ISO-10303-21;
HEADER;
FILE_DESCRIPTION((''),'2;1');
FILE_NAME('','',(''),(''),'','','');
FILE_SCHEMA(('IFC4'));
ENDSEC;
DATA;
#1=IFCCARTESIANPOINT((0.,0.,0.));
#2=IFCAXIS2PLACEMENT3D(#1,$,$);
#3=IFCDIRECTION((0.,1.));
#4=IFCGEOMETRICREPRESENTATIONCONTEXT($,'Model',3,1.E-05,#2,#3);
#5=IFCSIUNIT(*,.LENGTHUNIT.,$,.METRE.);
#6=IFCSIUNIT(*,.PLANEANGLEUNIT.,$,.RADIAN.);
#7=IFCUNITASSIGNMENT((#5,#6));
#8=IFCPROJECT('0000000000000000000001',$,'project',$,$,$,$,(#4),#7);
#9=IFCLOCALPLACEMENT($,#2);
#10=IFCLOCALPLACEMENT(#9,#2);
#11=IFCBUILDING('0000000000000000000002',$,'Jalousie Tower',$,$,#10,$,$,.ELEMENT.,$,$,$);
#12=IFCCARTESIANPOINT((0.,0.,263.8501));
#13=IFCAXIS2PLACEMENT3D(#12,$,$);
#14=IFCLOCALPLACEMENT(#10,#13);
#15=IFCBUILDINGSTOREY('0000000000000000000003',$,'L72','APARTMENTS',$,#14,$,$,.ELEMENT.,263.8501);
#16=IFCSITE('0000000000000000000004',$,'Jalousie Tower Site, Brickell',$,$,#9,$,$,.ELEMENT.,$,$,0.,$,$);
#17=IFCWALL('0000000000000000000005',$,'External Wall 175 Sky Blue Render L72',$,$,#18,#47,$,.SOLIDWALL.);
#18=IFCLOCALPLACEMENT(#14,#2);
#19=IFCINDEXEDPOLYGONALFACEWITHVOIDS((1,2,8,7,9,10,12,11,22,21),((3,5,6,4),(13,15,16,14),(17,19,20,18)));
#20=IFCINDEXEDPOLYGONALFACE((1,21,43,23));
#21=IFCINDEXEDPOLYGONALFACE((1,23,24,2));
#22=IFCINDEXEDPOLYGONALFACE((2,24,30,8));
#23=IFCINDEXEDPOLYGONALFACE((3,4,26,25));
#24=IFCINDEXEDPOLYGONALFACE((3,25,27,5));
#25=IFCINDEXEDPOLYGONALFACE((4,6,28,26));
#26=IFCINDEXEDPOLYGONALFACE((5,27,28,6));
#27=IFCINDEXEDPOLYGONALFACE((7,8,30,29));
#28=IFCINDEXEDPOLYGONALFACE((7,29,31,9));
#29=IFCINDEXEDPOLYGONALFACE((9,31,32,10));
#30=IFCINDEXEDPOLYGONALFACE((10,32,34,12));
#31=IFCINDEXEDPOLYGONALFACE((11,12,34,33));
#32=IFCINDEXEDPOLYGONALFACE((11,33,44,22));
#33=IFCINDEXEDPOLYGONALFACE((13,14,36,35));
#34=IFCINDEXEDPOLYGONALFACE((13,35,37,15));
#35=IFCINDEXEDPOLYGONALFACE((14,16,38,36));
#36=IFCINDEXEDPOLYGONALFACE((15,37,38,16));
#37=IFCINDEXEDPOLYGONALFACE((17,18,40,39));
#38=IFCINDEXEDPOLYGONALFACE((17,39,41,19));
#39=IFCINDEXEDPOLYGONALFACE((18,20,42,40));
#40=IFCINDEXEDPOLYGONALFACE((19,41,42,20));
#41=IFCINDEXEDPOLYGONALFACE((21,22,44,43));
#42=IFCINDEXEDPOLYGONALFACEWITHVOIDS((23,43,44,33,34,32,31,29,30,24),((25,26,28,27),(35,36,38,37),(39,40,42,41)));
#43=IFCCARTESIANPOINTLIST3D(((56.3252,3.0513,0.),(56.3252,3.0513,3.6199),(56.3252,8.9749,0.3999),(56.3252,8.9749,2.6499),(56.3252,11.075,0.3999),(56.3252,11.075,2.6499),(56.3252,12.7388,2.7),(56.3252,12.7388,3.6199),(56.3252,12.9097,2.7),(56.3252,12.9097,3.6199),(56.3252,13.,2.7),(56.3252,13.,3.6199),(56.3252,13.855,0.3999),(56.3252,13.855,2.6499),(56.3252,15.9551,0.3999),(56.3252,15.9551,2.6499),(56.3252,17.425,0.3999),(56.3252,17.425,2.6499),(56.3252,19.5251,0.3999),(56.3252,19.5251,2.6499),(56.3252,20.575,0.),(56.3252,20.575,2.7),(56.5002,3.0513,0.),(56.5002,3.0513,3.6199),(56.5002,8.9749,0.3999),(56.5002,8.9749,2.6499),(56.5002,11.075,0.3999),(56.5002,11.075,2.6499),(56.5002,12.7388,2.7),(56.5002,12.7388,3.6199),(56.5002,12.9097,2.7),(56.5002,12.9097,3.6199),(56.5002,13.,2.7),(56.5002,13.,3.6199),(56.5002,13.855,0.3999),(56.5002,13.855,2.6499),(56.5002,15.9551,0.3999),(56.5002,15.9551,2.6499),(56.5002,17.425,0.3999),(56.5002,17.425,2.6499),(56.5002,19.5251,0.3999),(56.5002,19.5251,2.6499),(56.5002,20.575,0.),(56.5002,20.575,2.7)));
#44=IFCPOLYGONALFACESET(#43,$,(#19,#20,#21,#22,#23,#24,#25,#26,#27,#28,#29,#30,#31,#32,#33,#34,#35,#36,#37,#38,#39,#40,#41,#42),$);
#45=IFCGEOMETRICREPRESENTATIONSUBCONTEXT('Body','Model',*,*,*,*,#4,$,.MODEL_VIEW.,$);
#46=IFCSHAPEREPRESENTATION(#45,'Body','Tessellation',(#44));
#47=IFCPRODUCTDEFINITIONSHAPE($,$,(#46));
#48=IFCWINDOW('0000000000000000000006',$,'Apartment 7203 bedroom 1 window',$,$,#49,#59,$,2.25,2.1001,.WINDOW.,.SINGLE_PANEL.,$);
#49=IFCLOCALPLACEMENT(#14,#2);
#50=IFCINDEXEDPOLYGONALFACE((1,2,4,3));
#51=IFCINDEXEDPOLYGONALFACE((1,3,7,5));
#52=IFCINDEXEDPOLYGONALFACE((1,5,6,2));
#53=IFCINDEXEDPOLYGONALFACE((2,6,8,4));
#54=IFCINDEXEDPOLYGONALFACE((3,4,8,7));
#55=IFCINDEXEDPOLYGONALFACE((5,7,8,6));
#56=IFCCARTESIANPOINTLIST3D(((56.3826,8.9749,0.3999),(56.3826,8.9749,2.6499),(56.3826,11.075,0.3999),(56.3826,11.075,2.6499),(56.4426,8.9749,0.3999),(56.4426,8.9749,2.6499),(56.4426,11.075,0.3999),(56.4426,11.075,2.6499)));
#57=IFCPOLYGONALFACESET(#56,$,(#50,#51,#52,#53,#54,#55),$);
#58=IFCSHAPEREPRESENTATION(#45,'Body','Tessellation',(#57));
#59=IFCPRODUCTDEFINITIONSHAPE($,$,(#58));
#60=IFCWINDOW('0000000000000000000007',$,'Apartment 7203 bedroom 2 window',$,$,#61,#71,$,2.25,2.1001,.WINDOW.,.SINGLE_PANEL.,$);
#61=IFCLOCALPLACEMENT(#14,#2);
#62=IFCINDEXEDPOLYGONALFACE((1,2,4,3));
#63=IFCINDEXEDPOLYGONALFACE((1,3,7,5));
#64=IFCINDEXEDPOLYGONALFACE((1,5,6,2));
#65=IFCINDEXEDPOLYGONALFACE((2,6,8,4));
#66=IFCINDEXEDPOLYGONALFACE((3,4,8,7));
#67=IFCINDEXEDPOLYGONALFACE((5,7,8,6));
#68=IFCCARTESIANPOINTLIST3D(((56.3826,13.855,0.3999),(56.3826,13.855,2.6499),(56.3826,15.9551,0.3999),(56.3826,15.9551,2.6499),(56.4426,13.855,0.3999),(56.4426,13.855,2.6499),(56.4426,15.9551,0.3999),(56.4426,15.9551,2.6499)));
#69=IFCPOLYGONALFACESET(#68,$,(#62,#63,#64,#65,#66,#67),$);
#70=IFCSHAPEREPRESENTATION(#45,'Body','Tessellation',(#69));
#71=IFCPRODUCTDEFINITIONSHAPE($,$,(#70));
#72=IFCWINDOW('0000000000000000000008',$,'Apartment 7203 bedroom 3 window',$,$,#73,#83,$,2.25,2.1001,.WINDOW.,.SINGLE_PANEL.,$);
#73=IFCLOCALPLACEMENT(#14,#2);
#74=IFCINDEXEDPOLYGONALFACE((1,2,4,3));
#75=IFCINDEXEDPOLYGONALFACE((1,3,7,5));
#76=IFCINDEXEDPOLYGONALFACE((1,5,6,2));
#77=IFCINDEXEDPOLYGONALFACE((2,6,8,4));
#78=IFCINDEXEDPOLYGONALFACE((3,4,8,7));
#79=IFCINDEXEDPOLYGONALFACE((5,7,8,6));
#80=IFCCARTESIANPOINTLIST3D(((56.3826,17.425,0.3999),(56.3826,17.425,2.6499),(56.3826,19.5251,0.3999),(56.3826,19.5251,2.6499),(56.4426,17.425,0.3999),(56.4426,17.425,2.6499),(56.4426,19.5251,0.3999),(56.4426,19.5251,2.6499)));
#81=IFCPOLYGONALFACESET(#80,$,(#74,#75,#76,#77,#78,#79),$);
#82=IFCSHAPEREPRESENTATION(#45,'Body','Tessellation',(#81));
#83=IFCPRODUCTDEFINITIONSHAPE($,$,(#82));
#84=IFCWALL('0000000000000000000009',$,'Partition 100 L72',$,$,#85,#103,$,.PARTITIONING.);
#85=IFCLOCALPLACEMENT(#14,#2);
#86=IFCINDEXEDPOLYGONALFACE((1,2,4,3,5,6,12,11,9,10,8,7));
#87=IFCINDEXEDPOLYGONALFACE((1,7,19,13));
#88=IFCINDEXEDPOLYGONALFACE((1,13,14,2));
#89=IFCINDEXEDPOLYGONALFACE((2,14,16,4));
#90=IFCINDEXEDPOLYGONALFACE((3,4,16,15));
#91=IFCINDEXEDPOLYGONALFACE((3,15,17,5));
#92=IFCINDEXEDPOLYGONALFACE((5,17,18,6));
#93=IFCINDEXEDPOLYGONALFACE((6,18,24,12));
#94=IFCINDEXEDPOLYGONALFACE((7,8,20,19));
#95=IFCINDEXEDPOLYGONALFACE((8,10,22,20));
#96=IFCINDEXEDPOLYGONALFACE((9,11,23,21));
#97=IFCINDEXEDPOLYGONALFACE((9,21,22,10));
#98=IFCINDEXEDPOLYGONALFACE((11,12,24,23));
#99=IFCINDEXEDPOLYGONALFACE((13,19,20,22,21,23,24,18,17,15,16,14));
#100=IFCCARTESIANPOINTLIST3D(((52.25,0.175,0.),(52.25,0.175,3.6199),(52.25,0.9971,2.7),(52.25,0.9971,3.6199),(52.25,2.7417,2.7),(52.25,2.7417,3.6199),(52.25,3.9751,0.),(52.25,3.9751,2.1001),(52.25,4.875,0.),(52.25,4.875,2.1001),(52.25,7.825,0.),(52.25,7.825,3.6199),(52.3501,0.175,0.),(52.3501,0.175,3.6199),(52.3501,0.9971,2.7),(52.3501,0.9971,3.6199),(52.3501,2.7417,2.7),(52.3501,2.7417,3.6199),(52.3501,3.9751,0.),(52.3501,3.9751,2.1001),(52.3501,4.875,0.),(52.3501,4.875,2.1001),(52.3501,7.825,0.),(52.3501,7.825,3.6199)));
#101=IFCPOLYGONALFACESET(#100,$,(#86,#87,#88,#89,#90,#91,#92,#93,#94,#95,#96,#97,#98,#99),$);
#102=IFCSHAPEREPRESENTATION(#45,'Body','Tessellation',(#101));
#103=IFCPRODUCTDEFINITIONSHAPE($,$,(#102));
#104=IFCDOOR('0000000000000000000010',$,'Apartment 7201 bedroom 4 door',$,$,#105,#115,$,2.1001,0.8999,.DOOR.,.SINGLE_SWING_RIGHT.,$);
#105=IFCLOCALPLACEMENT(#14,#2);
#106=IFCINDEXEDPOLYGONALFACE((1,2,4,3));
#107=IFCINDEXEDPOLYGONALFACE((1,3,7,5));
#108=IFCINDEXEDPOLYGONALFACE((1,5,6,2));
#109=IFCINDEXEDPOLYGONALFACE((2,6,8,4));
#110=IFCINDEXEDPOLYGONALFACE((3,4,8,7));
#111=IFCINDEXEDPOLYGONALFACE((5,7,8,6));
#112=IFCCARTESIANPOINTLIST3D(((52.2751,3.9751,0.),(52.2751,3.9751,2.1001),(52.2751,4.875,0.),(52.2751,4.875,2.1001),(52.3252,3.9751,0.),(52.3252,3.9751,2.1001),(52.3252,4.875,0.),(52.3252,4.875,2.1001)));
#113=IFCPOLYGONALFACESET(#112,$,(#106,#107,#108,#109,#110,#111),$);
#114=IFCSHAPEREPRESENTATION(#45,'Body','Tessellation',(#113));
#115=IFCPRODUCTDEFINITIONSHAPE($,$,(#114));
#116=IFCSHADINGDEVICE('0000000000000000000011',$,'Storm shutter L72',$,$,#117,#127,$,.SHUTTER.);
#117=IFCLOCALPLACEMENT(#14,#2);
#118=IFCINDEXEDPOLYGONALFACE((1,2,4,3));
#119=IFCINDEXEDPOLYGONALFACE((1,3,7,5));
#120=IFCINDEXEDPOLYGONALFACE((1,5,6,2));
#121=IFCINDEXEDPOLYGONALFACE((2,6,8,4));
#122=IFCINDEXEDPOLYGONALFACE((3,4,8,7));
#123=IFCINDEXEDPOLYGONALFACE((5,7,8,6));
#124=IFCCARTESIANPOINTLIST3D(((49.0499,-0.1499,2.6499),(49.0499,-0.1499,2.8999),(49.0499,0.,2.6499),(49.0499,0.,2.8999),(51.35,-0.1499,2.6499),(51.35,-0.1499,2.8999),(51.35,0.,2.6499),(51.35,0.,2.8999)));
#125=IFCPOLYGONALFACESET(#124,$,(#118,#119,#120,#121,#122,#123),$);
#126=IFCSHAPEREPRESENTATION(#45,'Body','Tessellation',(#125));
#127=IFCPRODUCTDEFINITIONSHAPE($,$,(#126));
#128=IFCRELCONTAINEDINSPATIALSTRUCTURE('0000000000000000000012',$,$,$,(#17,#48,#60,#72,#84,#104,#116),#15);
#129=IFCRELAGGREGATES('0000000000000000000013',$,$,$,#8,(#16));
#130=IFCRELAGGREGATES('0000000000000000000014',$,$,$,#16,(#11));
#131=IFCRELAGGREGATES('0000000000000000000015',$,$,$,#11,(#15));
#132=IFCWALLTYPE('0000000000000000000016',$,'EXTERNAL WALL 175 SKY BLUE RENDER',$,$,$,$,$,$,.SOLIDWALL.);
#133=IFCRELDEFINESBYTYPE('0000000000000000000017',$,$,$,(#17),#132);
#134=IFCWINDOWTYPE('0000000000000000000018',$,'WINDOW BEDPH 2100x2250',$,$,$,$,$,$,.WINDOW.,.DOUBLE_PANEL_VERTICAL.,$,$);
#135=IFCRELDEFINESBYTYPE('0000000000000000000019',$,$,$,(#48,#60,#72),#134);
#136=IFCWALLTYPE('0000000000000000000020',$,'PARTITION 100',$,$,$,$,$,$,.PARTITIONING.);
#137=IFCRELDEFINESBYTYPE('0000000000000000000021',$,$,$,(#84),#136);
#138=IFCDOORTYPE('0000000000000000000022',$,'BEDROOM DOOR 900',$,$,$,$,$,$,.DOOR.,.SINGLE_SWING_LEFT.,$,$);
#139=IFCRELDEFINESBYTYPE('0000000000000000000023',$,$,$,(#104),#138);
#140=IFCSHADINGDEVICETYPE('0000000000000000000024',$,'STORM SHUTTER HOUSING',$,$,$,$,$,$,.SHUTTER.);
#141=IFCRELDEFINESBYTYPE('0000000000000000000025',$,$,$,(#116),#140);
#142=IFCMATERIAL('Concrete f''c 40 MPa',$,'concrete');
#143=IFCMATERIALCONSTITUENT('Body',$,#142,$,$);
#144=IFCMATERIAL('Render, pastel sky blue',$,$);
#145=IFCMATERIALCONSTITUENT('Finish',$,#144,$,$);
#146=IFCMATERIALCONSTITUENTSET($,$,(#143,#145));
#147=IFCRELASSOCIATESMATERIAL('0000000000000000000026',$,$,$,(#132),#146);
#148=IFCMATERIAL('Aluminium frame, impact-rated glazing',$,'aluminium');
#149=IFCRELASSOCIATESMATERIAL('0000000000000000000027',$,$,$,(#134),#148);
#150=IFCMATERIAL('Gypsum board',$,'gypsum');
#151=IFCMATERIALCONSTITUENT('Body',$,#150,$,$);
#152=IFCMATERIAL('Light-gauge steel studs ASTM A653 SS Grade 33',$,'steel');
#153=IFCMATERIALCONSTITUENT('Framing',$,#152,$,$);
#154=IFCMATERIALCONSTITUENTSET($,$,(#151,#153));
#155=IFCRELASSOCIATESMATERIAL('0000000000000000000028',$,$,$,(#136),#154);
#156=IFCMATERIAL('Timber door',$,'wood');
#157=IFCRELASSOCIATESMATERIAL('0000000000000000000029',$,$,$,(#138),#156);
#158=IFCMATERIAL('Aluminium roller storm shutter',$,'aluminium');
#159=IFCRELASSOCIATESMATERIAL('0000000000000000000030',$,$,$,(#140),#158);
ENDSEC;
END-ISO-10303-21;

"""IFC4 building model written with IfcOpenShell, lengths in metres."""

from ifc_helpers import new_model, si_unit, direction, frame, frame_2d, origin, origin_2d, place, context, subcontext, project, spatial, polyline, rectangle, outline, extrude, material, constituent, constituent_set, type_object, element, fill, save


model = new_model("IFC4")

# Units and contexts
model_context = context("Model", 3, precision=1e-05, world=origin(), true_north=direction((0.0, 1.0)))
body_context = subcontext(model_context, "Body", "Model", "MODEL_VIEW")
ifc_project = project(units=[si_unit("LENGTHUNIT", "METRE"), si_unit("PLANEANGLEUNIT", "RADIAN")], contexts=[model_context])

# Site, building, storey
site_placement = place(None, origin())
site = spatial("IfcSite", under=ifc_project, at=site_placement, Name="Jalousie Tower Site, Brickell", CompositionType="ELEMENT", RefElevation=0.0)
building_placement = place(site_placement, origin())
building = spatial("IfcBuilding", under=site, at=building_placement, Name="Jalousie Tower", CompositionType="ELEMENT")
storey_placement = place(building_placement, frame((0.0, 0.0, 263.8501)))
storey = spatial("IfcBuildingStorey", under=building, at=storey_placement, Name="L72", Description="APARTMENTS", CompositionType="ELEMENT", Elevation=263.8501)

# Wall, openings, windows
ifc_material_1 = material(Name="Concrete f'c 40 MPa", Category="concrete")
ifc_constituent_1 = constituent(ifc_material_1, Name="Body")
ifc_material_2 = material(Name="Render, pastel sky blue")
ifc_constituent_2 = constituent(ifc_material_2, Name="Finish")
ifc_constituent_set_1 = constituent_set(constituents=[ifc_constituent_1, ifc_constituent_2])
wall_type_1 = type_object("IfcWallType", Name="EXTERNAL WALL 175 SKY BLUE RENDER", PredefinedType="SOLIDWALL", material=ifc_constituent_set_1)
wall_1_placement = place(storey_placement, frame((56.4126, 3.0513, 0.0), z_axis=(0.0, 0.0, 1.0), x_axis=(0.0, 1.0, 0.0)))
wall_1 = element("IfcWall", 1, at=wall_1_placement, inside=storey, type_object=wall_type_1, Name="External Wall 175 Sky Blue Render L72", PredefinedType="SOLIDWALL", context=body_context, shape_type="SweptSolid", body=[
    extrude(outline(polyline([(0.0, 0.0), (17.5237, 0.0), (17.5237, 2.7), (9.9487, 2.7), (9.9487, 3.6199), (9.8584, 3.6199), (9.8584, 2.7), (9.6875, 2.7), (9.6875, 3.6199), (0.0, 3.6199), (0.0, 0.0)])), frame((0.0, 0.0874, 0.0), z_axis=(0.0, -1.0, 0.0), x_axis=(1.0, 0.0, 0.0)), (0.0, 0.0, 1.0), 0.175),
])
opening_1_placement = place(wall_1_placement, frame((5.9236, 0.0, 0.3999)))
opening_1 = element("IfcOpeningElement", 2, at=opening_1_placement, cuts=wall_1, PredefinedType="OPENING", context=body_context, shape_type="SweptSolid", body=[
    extrude(rectangle(XDim=2.1001, YDim=2.25, at=frame_2d((1.05, 1.125))), frame((0.0, 0.0974, 0.0), z_axis=(0.0, -1.0, 0.0), x_axis=(1.0, 0.0, 0.0)), (0.0, 0.0, 1.0), 0.1951),
])
opening_2_placement = place(wall_1_placement, frame((10.8037, 0.0, 0.3999)))
opening_2 = element("IfcOpeningElement", 3, at=opening_2_placement, cuts=wall_1, PredefinedType="OPENING", context=body_context, shape_type="SweptSolid", body=[
    extrude(rectangle(XDim=2.1001, YDim=2.25, at=frame_2d((1.05, 1.125))), frame((0.0, 0.0974, 0.0), z_axis=(0.0, -1.0, 0.0), x_axis=(1.0, 0.0, 0.0)), (0.0, 0.0, 1.0), 0.1951),
])
opening_3_placement = place(wall_1_placement, frame((14.3738, 0.0, 0.3999)))
opening_3 = element("IfcOpeningElement", 4, at=opening_3_placement, cuts=wall_1, PredefinedType="OPENING", context=body_context, shape_type="SweptSolid", body=[
    extrude(rectangle(XDim=2.1001, YDim=2.25, at=frame_2d((1.05, 1.125))), frame((0.0, 0.0974, 0.0), z_axis=(0.0, -1.0, 0.0), x_axis=(1.0, 0.0, 0.0)), (0.0, 0.0, 1.0), 0.1951),
])
ifc_material_3 = material(Name="Aluminium frame, impact-rated glazing", Category="aluminium")
window_type = type_object("IfcWindowType", Name="WINDOW BEDPH 2100x2250", PartitioningType="DOUBLE_PANEL_VERTICAL", PredefinedType="WINDOW", material=ifc_material_3)
window_1_placement = place(opening_1_placement, origin())
window_1 = element("IfcWindow", 5, at=window_1_placement, inside=storey, type_object=window_type, Name="Apartment 7203 bedroom 1 window", OverallHeight=2.25, OverallWidth=2.1001, PartitioningType="SINGLE_PANEL", PredefinedType="WINDOW", context=body_context, shape_type="SweptSolid", body=[
    extrude(rectangle(XDim=2.1001, YDim=2.25, at=frame_2d((1.05, 1.125))), frame((0.0, 0.03, 0.0), z_axis=(0.0, -1.0, 0.0), x_axis=(1.0, 0.0, 0.0)), (0.0, 0.0, 1.0), 0.0601),
])
fill(opening_1, window_1)
window_2_placement = place(opening_2_placement, origin())
window_2 = element("IfcWindow", 6, at=window_2_placement, inside=storey, type_object=window_type, Name="Apartment 7203 bedroom 2 window", OverallHeight=2.25, OverallWidth=2.1001, PartitioningType="SINGLE_PANEL", PredefinedType="WINDOW", context=body_context, shape_type="SweptSolid", body=[
    extrude(rectangle(XDim=2.1001, YDim=2.25, at=frame_2d((1.05, 1.125))), frame((0.0, 0.03, 0.0), z_axis=(0.0, -1.0, 0.0), x_axis=(1.0, 0.0, 0.0)), (0.0, 0.0, 1.0), 0.0601),
])
fill(opening_2, window_2)
window_3_placement = place(opening_3_placement, origin())
window_3 = element("IfcWindow", 7, at=window_3_placement, inside=storey, type_object=window_type, Name="Apartment 7203 bedroom 3 window", OverallHeight=2.25, OverallWidth=2.1001, PartitioningType="SINGLE_PANEL", PredefinedType="WINDOW", context=body_context, shape_type="SweptSolid", body=[
    extrude(rectangle(XDim=2.1001, YDim=2.25, at=frame_2d((1.05, 1.125))), frame((0.0, 0.03, 0.0), z_axis=(0.0, -1.0, 0.0), x_axis=(1.0, 0.0, 0.0)), (0.0, 0.0, 1.0), 0.0601),
])
fill(opening_3, window_3)

# Wall, opening, door
ifc_material_4 = material(Name="Gypsum board", Category="gypsum")
ifc_constituent_3 = constituent(ifc_material_4, Name="Body")
ifc_material_5 = material(Name="Light-gauge steel studs ASTM A653 SS Grade 33", Category="steel")
ifc_constituent_4 = constituent(ifc_material_5, Name="Framing")
ifc_constituent_set_2 = constituent_set(constituents=[ifc_constituent_3, ifc_constituent_4])
wall_type_2 = type_object("IfcWallType", Name="PARTITION 100", PredefinedType="PARTITIONING", material=ifc_constituent_set_2)
wall_2_placement = place(storey_placement, frame((52.3, 0.175, 0.0), z_axis=(0.0, 0.0, 1.0), x_axis=(0.0, 1.0, 0.0)))
wall_2 = element("IfcWall", 8, at=wall_2_placement, inside=storey, type_object=wall_type_2, Name="Partition 100 L72", PredefinedType="PARTITIONING", context=body_context, shape_type="SweptSolid", body=[
    extrude(outline(polyline([(0.0, 0.0), (7.6499, 0.0), (7.6499, 3.6199), (2.5667, 3.6199), (2.5667, 2.7), (0.822, 2.7), (0.822, 3.6199), (0.0, 3.6199), (0.0, 0.0)])), frame((0.0, 0.05, 0.0), z_axis=(0.0, -1.0, 0.0), x_axis=(1.0, 0.0, 0.0)), (0.0, 0.0, 1.0), 0.1001),
])
opening_4_placement = place(wall_2_placement, frame((3.8, 0.0, 0.0)))
opening_4 = element("IfcOpeningElement", 9, at=opening_4_placement, cuts=wall_2, PredefinedType="OPENING", context=body_context, shape_type="SweptSolid", body=[
    extrude(rectangle(XDim=0.8999, YDim=2.1001, at=frame_2d((0.45, 1.05))), frame((0.0, 0.0601, 0.0), z_axis=(0.0, -1.0, 0.0), x_axis=(1.0, 0.0, 0.0)), (0.0, 0.0, 1.0), 0.1201),
])
ifc_material_6 = material(Name="Timber door", Category="wood")
door_type = type_object("IfcDoorType", Name="BEDROOM DOOR 900", OperationType="SINGLE_SWING_LEFT", PredefinedType="DOOR", material=ifc_material_6)
door_placement = place(opening_4_placement, origin())
door = element("IfcDoor", 10, at=door_placement, inside=storey, type_object=door_type, Name="Apartment 7201 bedroom 4 door", OperationType="SINGLE_SWING_RIGHT", OverallHeight=2.1001, OverallWidth=0.8999, PredefinedType="DOOR", context=body_context, shape_type="SweptSolid", body=[
    extrude(rectangle(XDim=0.8999, YDim=2.1001, at=frame_2d((0.45, 1.05))), frame((0.0, 0.0249, 0.0), z_axis=(0.0, -1.0, 0.0), x_axis=(1.0, 0.0, 0.0)), (0.0, 0.0, 1.0), 0.05),
])
fill(opening_4, door)

# Shading device
ifc_material_7 = material(Name="Aluminium roller storm shutter", Category="aluminium")
shading_device_type = type_object("IfcShadingDeviceType", Name="STORM SHUTTER HOUSING", PredefinedType="SHUTTER", material=ifc_material_7)
shading_device_placement = place(storey_placement, frame((50.2, -0.075, 2.6499), z_axis=(0.0, 0.0, 1.0), x_axis=(1.0, 0.0, 0.0)))
element("IfcShadingDevice", 11, at=shading_device_placement, inside=storey, type_object=shading_device_type, Name="Storm shutter L72", PredefinedType="SHUTTER", context=body_context, shape_type="SweptSolid", body=[
    extrude(rectangle(XDim=2.3, YDim=0.1499, at=origin_2d()), origin(), (0.0, 0.0, 1.0), 0.25),
])

save(model, "model.ifc")
